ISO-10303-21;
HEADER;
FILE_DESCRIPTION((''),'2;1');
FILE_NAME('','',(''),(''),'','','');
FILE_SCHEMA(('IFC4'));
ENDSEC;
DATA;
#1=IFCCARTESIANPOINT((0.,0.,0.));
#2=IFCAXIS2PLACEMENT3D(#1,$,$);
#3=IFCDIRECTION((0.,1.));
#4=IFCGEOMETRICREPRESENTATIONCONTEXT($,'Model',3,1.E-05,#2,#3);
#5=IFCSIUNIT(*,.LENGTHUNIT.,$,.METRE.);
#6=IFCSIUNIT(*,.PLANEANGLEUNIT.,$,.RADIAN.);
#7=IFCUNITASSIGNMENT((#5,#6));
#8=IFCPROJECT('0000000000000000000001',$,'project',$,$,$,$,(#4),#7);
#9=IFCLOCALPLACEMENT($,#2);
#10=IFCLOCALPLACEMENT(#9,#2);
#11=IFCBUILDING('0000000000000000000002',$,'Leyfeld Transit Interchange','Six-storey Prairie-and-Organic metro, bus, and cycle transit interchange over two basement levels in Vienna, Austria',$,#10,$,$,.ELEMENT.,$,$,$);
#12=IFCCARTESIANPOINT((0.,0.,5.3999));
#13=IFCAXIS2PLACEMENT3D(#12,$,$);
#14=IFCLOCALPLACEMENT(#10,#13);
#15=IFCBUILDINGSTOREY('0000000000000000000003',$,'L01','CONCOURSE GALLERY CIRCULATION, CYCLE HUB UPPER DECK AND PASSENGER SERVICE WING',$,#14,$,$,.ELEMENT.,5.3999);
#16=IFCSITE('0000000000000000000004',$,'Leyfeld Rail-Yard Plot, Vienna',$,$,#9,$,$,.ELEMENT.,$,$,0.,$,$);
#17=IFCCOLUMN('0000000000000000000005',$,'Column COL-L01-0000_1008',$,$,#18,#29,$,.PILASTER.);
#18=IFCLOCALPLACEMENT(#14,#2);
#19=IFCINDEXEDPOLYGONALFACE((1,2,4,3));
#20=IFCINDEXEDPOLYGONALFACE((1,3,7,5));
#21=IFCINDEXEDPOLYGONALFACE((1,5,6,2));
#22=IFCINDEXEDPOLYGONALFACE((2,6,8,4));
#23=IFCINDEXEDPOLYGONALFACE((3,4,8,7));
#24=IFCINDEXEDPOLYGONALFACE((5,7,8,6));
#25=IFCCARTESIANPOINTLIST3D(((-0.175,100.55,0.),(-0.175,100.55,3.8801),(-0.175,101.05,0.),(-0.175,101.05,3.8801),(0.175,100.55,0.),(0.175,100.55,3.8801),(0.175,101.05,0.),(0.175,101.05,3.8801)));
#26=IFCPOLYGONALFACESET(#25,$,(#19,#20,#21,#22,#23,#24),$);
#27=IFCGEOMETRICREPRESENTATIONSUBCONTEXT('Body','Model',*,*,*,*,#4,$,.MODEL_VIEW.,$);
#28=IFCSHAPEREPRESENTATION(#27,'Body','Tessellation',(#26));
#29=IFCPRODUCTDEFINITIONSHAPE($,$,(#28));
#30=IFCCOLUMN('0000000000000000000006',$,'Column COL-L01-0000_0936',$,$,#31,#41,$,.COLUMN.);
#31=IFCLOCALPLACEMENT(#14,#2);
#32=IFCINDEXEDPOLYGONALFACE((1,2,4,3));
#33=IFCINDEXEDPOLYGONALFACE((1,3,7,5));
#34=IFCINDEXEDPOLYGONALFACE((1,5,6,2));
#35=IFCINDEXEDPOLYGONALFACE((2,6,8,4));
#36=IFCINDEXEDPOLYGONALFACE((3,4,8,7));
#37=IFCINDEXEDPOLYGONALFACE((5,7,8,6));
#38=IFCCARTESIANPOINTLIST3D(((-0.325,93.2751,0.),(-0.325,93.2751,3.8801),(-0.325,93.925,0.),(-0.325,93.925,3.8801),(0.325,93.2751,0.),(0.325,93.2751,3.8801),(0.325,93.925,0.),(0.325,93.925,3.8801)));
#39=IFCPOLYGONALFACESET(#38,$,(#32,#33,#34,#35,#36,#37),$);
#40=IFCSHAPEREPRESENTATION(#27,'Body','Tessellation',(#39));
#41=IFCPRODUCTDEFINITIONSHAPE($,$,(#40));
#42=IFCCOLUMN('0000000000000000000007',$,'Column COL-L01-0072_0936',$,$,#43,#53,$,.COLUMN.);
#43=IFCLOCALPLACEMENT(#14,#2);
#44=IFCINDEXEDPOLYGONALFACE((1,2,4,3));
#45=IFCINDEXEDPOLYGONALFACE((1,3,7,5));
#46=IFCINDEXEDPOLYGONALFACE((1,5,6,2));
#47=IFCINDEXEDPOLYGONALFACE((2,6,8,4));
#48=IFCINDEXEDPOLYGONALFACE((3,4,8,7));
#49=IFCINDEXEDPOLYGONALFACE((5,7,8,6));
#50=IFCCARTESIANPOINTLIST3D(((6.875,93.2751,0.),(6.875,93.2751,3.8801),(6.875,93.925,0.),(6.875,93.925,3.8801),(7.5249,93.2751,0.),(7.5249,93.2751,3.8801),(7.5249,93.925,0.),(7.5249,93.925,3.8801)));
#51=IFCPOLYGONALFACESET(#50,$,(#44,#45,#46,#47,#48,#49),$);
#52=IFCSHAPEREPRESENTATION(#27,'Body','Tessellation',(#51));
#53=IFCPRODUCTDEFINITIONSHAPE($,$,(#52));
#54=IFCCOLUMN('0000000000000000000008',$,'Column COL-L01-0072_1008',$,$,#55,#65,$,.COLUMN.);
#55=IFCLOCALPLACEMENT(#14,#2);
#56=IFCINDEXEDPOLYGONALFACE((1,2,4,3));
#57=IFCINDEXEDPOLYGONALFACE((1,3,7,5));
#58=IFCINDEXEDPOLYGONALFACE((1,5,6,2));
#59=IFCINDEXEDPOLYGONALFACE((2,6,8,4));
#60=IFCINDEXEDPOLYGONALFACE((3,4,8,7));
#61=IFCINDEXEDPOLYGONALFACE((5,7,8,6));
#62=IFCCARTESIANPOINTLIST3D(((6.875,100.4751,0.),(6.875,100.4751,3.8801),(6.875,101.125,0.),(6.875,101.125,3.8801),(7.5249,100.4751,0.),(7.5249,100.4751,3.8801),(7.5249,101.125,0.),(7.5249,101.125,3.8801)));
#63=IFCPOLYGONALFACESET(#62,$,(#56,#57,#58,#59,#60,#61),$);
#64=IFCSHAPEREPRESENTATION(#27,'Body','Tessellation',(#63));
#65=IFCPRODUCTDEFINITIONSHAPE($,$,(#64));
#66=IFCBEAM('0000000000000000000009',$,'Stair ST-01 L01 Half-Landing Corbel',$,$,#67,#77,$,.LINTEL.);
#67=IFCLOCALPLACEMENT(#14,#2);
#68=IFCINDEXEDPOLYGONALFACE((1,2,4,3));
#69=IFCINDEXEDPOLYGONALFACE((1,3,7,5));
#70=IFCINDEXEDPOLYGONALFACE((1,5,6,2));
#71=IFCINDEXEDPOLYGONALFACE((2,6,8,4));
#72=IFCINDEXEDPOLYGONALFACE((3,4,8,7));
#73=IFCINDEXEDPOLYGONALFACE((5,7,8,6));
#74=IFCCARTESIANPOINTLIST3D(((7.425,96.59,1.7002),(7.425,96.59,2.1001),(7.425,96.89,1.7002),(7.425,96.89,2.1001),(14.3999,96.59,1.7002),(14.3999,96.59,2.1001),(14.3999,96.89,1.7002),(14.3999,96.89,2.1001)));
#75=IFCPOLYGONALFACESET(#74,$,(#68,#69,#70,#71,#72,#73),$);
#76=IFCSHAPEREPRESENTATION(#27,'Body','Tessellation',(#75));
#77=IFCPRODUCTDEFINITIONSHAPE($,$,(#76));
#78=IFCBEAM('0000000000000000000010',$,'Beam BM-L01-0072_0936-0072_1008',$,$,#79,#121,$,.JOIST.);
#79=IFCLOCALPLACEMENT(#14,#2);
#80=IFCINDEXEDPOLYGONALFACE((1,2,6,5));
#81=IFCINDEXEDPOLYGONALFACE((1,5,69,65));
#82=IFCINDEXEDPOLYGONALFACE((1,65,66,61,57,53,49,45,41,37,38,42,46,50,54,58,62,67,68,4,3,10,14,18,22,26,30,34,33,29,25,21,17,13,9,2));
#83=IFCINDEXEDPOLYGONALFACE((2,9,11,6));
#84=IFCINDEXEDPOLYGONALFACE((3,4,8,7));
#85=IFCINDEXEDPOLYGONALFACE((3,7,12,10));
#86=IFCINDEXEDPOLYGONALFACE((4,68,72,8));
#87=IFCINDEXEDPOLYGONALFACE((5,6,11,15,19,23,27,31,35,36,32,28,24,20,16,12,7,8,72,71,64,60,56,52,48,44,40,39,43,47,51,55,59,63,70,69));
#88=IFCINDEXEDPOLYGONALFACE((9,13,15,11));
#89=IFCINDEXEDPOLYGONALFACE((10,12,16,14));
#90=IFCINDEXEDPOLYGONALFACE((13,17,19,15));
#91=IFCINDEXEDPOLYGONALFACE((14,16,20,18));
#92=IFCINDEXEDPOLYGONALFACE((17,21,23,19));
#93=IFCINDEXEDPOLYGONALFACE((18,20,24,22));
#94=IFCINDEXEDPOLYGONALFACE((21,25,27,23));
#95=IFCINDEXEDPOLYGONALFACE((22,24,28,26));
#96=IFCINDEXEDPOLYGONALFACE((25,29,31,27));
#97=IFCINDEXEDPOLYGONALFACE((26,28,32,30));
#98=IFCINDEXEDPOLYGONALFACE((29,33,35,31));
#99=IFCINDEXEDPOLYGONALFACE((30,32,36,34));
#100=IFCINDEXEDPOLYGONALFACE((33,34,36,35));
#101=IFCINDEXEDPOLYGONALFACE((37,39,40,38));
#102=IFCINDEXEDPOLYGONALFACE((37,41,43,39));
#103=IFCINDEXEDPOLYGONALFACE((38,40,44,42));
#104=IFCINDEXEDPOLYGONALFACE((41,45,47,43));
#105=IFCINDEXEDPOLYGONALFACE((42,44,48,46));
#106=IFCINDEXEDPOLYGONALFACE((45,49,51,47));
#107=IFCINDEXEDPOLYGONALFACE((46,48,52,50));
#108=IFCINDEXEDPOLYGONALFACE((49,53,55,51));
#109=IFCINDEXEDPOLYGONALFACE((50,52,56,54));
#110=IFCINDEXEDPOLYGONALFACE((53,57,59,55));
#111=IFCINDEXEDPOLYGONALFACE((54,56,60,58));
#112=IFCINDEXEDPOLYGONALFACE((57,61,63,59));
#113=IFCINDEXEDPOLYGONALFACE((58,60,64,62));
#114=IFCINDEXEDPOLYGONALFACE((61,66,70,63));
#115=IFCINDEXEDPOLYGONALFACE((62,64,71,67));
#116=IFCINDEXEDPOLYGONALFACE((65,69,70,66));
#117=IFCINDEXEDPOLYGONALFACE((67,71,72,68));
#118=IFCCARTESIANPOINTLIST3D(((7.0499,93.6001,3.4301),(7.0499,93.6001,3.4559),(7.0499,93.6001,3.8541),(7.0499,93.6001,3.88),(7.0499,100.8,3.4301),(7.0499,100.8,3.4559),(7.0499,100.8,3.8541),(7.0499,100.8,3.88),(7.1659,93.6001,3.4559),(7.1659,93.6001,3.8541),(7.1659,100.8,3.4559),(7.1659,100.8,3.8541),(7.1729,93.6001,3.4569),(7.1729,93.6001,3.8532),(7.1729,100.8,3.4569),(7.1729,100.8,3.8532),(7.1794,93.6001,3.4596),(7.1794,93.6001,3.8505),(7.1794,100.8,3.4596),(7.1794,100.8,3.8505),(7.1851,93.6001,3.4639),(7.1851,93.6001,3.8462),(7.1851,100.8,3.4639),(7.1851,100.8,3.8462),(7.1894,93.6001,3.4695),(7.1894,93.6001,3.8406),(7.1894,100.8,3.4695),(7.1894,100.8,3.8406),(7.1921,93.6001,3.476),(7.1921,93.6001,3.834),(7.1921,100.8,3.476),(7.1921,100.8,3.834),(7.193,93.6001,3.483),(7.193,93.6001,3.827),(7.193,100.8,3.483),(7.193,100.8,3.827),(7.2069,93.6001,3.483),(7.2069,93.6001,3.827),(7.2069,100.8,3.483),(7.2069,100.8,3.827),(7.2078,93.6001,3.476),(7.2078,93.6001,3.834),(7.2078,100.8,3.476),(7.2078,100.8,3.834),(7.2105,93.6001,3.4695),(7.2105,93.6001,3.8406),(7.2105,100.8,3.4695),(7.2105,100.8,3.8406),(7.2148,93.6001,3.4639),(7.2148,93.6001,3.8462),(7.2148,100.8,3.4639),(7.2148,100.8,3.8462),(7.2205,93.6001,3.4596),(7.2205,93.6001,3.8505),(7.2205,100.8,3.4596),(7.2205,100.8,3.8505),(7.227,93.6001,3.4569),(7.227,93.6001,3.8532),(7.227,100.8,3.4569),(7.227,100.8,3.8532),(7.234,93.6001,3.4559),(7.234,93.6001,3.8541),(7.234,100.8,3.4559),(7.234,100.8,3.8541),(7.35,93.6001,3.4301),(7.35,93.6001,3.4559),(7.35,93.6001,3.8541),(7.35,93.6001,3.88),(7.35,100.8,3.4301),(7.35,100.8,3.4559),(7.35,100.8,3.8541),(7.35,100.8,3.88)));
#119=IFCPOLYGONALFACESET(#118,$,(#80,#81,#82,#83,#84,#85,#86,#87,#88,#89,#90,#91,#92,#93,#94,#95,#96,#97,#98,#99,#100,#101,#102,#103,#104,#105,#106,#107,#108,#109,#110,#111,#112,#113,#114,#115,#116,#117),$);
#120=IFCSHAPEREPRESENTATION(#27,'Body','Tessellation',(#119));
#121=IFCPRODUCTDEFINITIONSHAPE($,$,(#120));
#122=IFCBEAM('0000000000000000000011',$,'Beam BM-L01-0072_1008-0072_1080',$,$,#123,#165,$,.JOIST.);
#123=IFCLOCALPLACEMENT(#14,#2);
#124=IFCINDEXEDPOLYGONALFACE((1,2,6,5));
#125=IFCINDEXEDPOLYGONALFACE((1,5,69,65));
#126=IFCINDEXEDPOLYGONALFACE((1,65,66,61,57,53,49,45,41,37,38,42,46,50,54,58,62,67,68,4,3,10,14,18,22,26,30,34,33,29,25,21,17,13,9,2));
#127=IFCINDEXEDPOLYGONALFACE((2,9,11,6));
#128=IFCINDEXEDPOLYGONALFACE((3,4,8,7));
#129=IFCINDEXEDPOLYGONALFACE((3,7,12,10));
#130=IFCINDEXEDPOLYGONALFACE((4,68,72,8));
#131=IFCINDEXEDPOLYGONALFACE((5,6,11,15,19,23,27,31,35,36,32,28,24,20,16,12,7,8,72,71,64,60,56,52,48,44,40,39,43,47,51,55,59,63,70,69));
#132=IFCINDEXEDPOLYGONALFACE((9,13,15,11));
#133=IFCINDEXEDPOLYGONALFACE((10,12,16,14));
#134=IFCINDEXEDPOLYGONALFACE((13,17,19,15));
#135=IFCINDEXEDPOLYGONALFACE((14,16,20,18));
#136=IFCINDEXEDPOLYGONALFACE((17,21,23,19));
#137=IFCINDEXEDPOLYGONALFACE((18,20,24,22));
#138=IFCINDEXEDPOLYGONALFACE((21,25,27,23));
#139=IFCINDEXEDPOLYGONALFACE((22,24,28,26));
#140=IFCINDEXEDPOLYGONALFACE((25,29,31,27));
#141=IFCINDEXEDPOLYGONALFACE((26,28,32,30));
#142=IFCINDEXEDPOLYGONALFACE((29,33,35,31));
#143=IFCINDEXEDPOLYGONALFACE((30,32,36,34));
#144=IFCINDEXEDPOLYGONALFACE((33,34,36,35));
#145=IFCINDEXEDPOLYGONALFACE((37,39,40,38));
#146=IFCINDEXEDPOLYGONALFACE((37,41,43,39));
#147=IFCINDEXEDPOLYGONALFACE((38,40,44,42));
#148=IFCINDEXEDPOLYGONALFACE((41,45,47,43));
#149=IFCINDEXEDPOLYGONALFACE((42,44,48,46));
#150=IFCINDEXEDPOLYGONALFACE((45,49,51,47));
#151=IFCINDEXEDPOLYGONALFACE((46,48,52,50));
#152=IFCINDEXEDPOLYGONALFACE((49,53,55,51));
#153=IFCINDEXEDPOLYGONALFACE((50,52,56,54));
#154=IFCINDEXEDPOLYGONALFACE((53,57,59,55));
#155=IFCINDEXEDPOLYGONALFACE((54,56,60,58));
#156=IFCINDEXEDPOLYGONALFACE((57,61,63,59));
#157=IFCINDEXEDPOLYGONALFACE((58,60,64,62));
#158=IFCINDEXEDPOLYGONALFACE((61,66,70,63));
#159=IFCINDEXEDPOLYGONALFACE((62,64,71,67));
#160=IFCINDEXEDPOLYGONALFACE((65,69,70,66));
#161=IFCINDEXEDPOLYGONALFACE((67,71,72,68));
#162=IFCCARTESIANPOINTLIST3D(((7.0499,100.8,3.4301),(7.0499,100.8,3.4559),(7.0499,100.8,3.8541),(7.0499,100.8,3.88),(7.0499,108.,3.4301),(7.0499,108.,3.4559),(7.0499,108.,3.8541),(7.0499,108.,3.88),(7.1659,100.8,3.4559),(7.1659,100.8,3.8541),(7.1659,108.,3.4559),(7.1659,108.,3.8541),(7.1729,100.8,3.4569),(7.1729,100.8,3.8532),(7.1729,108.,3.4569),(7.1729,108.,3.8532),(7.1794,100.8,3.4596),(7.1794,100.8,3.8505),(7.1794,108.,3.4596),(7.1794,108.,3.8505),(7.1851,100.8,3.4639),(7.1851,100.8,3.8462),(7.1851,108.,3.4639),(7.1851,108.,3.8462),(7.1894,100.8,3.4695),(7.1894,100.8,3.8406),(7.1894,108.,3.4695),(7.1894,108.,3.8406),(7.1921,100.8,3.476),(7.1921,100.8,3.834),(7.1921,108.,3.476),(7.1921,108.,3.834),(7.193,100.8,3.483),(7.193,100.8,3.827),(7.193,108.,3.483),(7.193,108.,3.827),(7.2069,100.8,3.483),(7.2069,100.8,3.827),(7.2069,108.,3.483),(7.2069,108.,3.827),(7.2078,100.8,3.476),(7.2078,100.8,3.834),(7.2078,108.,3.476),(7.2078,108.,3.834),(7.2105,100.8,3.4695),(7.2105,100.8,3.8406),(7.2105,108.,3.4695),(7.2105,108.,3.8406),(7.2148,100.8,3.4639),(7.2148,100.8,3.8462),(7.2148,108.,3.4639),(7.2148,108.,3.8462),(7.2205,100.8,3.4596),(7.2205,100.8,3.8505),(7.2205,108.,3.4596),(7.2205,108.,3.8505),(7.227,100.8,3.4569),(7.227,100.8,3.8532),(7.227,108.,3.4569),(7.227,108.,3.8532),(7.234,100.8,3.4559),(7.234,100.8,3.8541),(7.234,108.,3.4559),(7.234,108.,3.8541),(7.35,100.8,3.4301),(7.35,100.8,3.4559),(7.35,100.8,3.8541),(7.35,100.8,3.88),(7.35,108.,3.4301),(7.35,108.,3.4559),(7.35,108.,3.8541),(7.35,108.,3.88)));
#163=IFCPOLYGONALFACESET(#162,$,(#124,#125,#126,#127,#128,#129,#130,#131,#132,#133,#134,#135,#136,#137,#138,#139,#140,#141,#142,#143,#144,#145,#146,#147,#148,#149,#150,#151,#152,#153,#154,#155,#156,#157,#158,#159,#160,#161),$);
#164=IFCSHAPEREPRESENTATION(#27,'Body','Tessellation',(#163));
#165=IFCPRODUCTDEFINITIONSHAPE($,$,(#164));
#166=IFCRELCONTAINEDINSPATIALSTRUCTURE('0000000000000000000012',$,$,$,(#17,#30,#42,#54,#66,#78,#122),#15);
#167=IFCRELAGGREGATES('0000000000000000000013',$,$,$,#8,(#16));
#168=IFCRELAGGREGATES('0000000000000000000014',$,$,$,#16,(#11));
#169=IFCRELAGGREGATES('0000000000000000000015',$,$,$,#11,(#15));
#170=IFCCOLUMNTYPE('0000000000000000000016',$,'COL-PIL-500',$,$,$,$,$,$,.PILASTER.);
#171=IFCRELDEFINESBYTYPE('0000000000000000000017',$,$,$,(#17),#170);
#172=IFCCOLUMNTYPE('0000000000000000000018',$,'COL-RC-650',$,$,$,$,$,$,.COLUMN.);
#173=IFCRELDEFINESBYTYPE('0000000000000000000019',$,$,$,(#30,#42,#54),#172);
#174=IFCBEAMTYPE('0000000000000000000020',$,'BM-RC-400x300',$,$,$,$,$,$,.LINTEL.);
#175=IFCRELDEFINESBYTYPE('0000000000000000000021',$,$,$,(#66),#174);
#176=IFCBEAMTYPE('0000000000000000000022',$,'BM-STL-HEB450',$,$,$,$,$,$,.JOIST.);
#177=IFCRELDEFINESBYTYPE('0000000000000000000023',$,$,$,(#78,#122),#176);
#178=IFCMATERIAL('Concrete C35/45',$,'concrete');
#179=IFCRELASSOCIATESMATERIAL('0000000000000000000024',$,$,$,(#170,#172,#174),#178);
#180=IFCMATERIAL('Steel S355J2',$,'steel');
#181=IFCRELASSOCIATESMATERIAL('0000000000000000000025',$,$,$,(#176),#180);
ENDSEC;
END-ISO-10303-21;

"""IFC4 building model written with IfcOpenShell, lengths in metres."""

from ifc_helpers import new_model, si_unit, direction, frame, origin, origin_2d, place, context, subcontext, project, spatial, rectangle, i_section, extrude, material, material_profile, profile_set, type_object, element, save


model = new_model("IFC4")

# Units and contexts
model_context = context("Model", 3, precision=1e-05, world=origin(), true_north=direction((0.0, 1.0)))
body_context = subcontext(model_context, "Body", "Model", "MODEL_VIEW")
ifc_project = project(units=[si_unit("LENGTHUNIT", "METRE"), si_unit("PLANEANGLEUNIT", "RADIAN")], contexts=[model_context])

# Site, building, storey
site_placement = place(None, origin())
site = spatial("IfcSite", under=ifc_project, at=site_placement, Name="Leyfeld Rail-Yard Plot, Vienna", CompositionType="ELEMENT", RefElevation=0.0)
building_placement = place(site_placement, origin())
building = spatial("IfcBuilding", under=site, at=building_placement, Name="Leyfeld Transit Interchange", Description="Six-storey Prairie-and-Organic metro, bus, and cycle transit interchange over two basement levels in Vienna, Austria", CompositionType="ELEMENT")
storey_placement = place(building_placement, frame((0.0, 0.0, 5.3999)))
storey = spatial("IfcBuildingStorey", under=building, at=storey_placement, Name="L01", Description="CONCOURSE GALLERY CIRCULATION, CYCLE HUB UPPER DECK AND PASSENGER SERVICE WING", CompositionType="ELEMENT", Elevation=5.3999)

# Columns
ifc_material_1 = material(Name="Concrete C35/45", Category="concrete")
ifc_material_profile_1 = material_profile(ifc_material_1, rectangle(XDim=0.3501, YDim=0.5, at=origin_2d()), Name="RC 500x350")
ifc_profile_set_1 = profile_set([ifc_material_profile_1], Name="Concrete C35/45")
column_type_1 = type_object("IfcColumnType", Name="COL-PIL-500", PredefinedType="PILASTER", material=ifc_profile_set_1)
column_placement = place(storey_placement, frame((0.0, 100.8, 0.0), z_axis=(0.0, 0.0, 1.0), x_axis=(1.0, 0.0, 0.0)))
element("IfcColumn", 1, at=column_placement, inside=storey, type_object=column_type_1, Name="Column COL-L01-0000_1008", PredefinedType="PILASTER", context=body_context, shape_type="SweptSolid", body=[
    extrude(rectangle(XDim=0.3501, YDim=0.5, at=origin_2d()), origin(), (0.0, 0.0, 1.0), 3.8801),
])
ifc_material_profile_2 = material_profile(ifc_material_1, rectangle(XDim=0.6499, YDim=0.6499, at=origin_2d()), Name="RC 650x650")
ifc_profile_set_2 = profile_set([ifc_material_profile_2], Name="Concrete C35/45")
column_type_2 = type_object("IfcColumnType", Name="COL-RC-650", PredefinedType="COLUMN", material=ifc_profile_set_2)
for number, where, z_axis, x_axis, name in (
    (2, (0.0, 93.6001, 0.0), (0.0, 0.0, 1.0), (0.0, 1.0, 0.0), "Column COL-L01-0000_0936"),
    (3, (7.2, 93.6001, 0.0), (0.0, 0.0, 1.0), (1.0, 0.0, 0.0), "Column COL-L01-0072_0936"),
    (4, (7.2, 100.8, 0.0), (0.0, 0.0, 1.0), (1.0, 0.0, 0.0), "Column COL-L01-0072_1008"),
):
    element("IfcColumn", number, at=place(storey_placement, frame(where, z_axis=z_axis, x_axis=x_axis)), inside=storey, type_object=column_type_2, Name=name, PredefinedType="COLUMN", context=body_context, shape_type="SweptSolid", body=[
        extrude(rectangle(XDim=0.6499, YDim=0.6499, at=origin_2d()), origin(), (0.0, 0.0, 1.0), 3.8801),
    ])

# Beams
ifc_material_profile_3 = material_profile(ifc_material_1, rectangle(XDim=0.3, YDim=0.3999, at=origin_2d()), Name="RC 400x300")
ifc_profile_set_3 = profile_set([ifc_material_profile_3], Name="Concrete C35/45")
beam_type_1 = type_object("IfcBeamType", Name="BM-RC-400x300", PredefinedType="LINTEL", material=ifc_profile_set_3)
beam_1_placement = place(storey_placement, frame((7.425, 96.74, 1.9001), z_axis=(1.0, 0.0, 0.0), x_axis=(0.0, 1.0, 0.0)))
element("IfcBeam", 5, at=beam_1_placement, inside=storey, type_object=beam_type_1, Name="Stair ST-01 L01 Half-Landing Corbel", PredefinedType="LINTEL", context=body_context, shape_type="SweptSolid", body=[
    extrude(rectangle(XDim=0.3, YDim=0.3999, at=origin_2d()), origin(), (0.0, 0.0, 1.0), 6.9749),
])
ifc_material_2 = material(Name="Steel S355J2", Category="steel")
ifc_material_profile_4 = material_profile(ifc_material_2, i_section(OverallWidth=0.3, OverallDepth=0.45, WebThickness=0.0139, FlangeThickness=0.0259, FilletRadius=0.0271, at=origin_2d()), Name="HEB 450")
ifc_profile_set_4 = profile_set([ifc_material_profile_4], Name="Steel S355J2")
beam_type_2 = type_object("IfcBeamType", Name="BM-STL-HEB450", PredefinedType="JOIST", material=ifc_profile_set_4)
for number, where, z_axis, x_axis, name in (
    (6, (7.2, 93.6001, 3.655), (0.0, 1.0, 0.0), (-1.0, 0.0, 0.0), "Beam BM-L01-0072_0936-0072_1008"),
    (7, (7.2, 100.8, 3.655), (0.0, 1.0, 0.0), (-1.0, 0.0, 0.0), "Beam BM-L01-0072_1008-0072_1080"),
):
    element("IfcBeam", number, at=place(storey_placement, frame(where, z_axis=z_axis, x_axis=x_axis)), inside=storey, type_object=beam_type_2, Name=name, PredefinedType="JOIST", context=body_context, shape_type="SweptSolid", body=[
        extrude(i_section(OverallWidth=0.3, OverallDepth=0.45, WebThickness=0.0139, FlangeThickness=0.0259, FilletRadius=0.0271, at=origin_2d()), origin(), (0.0, 0.0, 1.0), 7.2),
    ])

save(model, "model.ifc")
